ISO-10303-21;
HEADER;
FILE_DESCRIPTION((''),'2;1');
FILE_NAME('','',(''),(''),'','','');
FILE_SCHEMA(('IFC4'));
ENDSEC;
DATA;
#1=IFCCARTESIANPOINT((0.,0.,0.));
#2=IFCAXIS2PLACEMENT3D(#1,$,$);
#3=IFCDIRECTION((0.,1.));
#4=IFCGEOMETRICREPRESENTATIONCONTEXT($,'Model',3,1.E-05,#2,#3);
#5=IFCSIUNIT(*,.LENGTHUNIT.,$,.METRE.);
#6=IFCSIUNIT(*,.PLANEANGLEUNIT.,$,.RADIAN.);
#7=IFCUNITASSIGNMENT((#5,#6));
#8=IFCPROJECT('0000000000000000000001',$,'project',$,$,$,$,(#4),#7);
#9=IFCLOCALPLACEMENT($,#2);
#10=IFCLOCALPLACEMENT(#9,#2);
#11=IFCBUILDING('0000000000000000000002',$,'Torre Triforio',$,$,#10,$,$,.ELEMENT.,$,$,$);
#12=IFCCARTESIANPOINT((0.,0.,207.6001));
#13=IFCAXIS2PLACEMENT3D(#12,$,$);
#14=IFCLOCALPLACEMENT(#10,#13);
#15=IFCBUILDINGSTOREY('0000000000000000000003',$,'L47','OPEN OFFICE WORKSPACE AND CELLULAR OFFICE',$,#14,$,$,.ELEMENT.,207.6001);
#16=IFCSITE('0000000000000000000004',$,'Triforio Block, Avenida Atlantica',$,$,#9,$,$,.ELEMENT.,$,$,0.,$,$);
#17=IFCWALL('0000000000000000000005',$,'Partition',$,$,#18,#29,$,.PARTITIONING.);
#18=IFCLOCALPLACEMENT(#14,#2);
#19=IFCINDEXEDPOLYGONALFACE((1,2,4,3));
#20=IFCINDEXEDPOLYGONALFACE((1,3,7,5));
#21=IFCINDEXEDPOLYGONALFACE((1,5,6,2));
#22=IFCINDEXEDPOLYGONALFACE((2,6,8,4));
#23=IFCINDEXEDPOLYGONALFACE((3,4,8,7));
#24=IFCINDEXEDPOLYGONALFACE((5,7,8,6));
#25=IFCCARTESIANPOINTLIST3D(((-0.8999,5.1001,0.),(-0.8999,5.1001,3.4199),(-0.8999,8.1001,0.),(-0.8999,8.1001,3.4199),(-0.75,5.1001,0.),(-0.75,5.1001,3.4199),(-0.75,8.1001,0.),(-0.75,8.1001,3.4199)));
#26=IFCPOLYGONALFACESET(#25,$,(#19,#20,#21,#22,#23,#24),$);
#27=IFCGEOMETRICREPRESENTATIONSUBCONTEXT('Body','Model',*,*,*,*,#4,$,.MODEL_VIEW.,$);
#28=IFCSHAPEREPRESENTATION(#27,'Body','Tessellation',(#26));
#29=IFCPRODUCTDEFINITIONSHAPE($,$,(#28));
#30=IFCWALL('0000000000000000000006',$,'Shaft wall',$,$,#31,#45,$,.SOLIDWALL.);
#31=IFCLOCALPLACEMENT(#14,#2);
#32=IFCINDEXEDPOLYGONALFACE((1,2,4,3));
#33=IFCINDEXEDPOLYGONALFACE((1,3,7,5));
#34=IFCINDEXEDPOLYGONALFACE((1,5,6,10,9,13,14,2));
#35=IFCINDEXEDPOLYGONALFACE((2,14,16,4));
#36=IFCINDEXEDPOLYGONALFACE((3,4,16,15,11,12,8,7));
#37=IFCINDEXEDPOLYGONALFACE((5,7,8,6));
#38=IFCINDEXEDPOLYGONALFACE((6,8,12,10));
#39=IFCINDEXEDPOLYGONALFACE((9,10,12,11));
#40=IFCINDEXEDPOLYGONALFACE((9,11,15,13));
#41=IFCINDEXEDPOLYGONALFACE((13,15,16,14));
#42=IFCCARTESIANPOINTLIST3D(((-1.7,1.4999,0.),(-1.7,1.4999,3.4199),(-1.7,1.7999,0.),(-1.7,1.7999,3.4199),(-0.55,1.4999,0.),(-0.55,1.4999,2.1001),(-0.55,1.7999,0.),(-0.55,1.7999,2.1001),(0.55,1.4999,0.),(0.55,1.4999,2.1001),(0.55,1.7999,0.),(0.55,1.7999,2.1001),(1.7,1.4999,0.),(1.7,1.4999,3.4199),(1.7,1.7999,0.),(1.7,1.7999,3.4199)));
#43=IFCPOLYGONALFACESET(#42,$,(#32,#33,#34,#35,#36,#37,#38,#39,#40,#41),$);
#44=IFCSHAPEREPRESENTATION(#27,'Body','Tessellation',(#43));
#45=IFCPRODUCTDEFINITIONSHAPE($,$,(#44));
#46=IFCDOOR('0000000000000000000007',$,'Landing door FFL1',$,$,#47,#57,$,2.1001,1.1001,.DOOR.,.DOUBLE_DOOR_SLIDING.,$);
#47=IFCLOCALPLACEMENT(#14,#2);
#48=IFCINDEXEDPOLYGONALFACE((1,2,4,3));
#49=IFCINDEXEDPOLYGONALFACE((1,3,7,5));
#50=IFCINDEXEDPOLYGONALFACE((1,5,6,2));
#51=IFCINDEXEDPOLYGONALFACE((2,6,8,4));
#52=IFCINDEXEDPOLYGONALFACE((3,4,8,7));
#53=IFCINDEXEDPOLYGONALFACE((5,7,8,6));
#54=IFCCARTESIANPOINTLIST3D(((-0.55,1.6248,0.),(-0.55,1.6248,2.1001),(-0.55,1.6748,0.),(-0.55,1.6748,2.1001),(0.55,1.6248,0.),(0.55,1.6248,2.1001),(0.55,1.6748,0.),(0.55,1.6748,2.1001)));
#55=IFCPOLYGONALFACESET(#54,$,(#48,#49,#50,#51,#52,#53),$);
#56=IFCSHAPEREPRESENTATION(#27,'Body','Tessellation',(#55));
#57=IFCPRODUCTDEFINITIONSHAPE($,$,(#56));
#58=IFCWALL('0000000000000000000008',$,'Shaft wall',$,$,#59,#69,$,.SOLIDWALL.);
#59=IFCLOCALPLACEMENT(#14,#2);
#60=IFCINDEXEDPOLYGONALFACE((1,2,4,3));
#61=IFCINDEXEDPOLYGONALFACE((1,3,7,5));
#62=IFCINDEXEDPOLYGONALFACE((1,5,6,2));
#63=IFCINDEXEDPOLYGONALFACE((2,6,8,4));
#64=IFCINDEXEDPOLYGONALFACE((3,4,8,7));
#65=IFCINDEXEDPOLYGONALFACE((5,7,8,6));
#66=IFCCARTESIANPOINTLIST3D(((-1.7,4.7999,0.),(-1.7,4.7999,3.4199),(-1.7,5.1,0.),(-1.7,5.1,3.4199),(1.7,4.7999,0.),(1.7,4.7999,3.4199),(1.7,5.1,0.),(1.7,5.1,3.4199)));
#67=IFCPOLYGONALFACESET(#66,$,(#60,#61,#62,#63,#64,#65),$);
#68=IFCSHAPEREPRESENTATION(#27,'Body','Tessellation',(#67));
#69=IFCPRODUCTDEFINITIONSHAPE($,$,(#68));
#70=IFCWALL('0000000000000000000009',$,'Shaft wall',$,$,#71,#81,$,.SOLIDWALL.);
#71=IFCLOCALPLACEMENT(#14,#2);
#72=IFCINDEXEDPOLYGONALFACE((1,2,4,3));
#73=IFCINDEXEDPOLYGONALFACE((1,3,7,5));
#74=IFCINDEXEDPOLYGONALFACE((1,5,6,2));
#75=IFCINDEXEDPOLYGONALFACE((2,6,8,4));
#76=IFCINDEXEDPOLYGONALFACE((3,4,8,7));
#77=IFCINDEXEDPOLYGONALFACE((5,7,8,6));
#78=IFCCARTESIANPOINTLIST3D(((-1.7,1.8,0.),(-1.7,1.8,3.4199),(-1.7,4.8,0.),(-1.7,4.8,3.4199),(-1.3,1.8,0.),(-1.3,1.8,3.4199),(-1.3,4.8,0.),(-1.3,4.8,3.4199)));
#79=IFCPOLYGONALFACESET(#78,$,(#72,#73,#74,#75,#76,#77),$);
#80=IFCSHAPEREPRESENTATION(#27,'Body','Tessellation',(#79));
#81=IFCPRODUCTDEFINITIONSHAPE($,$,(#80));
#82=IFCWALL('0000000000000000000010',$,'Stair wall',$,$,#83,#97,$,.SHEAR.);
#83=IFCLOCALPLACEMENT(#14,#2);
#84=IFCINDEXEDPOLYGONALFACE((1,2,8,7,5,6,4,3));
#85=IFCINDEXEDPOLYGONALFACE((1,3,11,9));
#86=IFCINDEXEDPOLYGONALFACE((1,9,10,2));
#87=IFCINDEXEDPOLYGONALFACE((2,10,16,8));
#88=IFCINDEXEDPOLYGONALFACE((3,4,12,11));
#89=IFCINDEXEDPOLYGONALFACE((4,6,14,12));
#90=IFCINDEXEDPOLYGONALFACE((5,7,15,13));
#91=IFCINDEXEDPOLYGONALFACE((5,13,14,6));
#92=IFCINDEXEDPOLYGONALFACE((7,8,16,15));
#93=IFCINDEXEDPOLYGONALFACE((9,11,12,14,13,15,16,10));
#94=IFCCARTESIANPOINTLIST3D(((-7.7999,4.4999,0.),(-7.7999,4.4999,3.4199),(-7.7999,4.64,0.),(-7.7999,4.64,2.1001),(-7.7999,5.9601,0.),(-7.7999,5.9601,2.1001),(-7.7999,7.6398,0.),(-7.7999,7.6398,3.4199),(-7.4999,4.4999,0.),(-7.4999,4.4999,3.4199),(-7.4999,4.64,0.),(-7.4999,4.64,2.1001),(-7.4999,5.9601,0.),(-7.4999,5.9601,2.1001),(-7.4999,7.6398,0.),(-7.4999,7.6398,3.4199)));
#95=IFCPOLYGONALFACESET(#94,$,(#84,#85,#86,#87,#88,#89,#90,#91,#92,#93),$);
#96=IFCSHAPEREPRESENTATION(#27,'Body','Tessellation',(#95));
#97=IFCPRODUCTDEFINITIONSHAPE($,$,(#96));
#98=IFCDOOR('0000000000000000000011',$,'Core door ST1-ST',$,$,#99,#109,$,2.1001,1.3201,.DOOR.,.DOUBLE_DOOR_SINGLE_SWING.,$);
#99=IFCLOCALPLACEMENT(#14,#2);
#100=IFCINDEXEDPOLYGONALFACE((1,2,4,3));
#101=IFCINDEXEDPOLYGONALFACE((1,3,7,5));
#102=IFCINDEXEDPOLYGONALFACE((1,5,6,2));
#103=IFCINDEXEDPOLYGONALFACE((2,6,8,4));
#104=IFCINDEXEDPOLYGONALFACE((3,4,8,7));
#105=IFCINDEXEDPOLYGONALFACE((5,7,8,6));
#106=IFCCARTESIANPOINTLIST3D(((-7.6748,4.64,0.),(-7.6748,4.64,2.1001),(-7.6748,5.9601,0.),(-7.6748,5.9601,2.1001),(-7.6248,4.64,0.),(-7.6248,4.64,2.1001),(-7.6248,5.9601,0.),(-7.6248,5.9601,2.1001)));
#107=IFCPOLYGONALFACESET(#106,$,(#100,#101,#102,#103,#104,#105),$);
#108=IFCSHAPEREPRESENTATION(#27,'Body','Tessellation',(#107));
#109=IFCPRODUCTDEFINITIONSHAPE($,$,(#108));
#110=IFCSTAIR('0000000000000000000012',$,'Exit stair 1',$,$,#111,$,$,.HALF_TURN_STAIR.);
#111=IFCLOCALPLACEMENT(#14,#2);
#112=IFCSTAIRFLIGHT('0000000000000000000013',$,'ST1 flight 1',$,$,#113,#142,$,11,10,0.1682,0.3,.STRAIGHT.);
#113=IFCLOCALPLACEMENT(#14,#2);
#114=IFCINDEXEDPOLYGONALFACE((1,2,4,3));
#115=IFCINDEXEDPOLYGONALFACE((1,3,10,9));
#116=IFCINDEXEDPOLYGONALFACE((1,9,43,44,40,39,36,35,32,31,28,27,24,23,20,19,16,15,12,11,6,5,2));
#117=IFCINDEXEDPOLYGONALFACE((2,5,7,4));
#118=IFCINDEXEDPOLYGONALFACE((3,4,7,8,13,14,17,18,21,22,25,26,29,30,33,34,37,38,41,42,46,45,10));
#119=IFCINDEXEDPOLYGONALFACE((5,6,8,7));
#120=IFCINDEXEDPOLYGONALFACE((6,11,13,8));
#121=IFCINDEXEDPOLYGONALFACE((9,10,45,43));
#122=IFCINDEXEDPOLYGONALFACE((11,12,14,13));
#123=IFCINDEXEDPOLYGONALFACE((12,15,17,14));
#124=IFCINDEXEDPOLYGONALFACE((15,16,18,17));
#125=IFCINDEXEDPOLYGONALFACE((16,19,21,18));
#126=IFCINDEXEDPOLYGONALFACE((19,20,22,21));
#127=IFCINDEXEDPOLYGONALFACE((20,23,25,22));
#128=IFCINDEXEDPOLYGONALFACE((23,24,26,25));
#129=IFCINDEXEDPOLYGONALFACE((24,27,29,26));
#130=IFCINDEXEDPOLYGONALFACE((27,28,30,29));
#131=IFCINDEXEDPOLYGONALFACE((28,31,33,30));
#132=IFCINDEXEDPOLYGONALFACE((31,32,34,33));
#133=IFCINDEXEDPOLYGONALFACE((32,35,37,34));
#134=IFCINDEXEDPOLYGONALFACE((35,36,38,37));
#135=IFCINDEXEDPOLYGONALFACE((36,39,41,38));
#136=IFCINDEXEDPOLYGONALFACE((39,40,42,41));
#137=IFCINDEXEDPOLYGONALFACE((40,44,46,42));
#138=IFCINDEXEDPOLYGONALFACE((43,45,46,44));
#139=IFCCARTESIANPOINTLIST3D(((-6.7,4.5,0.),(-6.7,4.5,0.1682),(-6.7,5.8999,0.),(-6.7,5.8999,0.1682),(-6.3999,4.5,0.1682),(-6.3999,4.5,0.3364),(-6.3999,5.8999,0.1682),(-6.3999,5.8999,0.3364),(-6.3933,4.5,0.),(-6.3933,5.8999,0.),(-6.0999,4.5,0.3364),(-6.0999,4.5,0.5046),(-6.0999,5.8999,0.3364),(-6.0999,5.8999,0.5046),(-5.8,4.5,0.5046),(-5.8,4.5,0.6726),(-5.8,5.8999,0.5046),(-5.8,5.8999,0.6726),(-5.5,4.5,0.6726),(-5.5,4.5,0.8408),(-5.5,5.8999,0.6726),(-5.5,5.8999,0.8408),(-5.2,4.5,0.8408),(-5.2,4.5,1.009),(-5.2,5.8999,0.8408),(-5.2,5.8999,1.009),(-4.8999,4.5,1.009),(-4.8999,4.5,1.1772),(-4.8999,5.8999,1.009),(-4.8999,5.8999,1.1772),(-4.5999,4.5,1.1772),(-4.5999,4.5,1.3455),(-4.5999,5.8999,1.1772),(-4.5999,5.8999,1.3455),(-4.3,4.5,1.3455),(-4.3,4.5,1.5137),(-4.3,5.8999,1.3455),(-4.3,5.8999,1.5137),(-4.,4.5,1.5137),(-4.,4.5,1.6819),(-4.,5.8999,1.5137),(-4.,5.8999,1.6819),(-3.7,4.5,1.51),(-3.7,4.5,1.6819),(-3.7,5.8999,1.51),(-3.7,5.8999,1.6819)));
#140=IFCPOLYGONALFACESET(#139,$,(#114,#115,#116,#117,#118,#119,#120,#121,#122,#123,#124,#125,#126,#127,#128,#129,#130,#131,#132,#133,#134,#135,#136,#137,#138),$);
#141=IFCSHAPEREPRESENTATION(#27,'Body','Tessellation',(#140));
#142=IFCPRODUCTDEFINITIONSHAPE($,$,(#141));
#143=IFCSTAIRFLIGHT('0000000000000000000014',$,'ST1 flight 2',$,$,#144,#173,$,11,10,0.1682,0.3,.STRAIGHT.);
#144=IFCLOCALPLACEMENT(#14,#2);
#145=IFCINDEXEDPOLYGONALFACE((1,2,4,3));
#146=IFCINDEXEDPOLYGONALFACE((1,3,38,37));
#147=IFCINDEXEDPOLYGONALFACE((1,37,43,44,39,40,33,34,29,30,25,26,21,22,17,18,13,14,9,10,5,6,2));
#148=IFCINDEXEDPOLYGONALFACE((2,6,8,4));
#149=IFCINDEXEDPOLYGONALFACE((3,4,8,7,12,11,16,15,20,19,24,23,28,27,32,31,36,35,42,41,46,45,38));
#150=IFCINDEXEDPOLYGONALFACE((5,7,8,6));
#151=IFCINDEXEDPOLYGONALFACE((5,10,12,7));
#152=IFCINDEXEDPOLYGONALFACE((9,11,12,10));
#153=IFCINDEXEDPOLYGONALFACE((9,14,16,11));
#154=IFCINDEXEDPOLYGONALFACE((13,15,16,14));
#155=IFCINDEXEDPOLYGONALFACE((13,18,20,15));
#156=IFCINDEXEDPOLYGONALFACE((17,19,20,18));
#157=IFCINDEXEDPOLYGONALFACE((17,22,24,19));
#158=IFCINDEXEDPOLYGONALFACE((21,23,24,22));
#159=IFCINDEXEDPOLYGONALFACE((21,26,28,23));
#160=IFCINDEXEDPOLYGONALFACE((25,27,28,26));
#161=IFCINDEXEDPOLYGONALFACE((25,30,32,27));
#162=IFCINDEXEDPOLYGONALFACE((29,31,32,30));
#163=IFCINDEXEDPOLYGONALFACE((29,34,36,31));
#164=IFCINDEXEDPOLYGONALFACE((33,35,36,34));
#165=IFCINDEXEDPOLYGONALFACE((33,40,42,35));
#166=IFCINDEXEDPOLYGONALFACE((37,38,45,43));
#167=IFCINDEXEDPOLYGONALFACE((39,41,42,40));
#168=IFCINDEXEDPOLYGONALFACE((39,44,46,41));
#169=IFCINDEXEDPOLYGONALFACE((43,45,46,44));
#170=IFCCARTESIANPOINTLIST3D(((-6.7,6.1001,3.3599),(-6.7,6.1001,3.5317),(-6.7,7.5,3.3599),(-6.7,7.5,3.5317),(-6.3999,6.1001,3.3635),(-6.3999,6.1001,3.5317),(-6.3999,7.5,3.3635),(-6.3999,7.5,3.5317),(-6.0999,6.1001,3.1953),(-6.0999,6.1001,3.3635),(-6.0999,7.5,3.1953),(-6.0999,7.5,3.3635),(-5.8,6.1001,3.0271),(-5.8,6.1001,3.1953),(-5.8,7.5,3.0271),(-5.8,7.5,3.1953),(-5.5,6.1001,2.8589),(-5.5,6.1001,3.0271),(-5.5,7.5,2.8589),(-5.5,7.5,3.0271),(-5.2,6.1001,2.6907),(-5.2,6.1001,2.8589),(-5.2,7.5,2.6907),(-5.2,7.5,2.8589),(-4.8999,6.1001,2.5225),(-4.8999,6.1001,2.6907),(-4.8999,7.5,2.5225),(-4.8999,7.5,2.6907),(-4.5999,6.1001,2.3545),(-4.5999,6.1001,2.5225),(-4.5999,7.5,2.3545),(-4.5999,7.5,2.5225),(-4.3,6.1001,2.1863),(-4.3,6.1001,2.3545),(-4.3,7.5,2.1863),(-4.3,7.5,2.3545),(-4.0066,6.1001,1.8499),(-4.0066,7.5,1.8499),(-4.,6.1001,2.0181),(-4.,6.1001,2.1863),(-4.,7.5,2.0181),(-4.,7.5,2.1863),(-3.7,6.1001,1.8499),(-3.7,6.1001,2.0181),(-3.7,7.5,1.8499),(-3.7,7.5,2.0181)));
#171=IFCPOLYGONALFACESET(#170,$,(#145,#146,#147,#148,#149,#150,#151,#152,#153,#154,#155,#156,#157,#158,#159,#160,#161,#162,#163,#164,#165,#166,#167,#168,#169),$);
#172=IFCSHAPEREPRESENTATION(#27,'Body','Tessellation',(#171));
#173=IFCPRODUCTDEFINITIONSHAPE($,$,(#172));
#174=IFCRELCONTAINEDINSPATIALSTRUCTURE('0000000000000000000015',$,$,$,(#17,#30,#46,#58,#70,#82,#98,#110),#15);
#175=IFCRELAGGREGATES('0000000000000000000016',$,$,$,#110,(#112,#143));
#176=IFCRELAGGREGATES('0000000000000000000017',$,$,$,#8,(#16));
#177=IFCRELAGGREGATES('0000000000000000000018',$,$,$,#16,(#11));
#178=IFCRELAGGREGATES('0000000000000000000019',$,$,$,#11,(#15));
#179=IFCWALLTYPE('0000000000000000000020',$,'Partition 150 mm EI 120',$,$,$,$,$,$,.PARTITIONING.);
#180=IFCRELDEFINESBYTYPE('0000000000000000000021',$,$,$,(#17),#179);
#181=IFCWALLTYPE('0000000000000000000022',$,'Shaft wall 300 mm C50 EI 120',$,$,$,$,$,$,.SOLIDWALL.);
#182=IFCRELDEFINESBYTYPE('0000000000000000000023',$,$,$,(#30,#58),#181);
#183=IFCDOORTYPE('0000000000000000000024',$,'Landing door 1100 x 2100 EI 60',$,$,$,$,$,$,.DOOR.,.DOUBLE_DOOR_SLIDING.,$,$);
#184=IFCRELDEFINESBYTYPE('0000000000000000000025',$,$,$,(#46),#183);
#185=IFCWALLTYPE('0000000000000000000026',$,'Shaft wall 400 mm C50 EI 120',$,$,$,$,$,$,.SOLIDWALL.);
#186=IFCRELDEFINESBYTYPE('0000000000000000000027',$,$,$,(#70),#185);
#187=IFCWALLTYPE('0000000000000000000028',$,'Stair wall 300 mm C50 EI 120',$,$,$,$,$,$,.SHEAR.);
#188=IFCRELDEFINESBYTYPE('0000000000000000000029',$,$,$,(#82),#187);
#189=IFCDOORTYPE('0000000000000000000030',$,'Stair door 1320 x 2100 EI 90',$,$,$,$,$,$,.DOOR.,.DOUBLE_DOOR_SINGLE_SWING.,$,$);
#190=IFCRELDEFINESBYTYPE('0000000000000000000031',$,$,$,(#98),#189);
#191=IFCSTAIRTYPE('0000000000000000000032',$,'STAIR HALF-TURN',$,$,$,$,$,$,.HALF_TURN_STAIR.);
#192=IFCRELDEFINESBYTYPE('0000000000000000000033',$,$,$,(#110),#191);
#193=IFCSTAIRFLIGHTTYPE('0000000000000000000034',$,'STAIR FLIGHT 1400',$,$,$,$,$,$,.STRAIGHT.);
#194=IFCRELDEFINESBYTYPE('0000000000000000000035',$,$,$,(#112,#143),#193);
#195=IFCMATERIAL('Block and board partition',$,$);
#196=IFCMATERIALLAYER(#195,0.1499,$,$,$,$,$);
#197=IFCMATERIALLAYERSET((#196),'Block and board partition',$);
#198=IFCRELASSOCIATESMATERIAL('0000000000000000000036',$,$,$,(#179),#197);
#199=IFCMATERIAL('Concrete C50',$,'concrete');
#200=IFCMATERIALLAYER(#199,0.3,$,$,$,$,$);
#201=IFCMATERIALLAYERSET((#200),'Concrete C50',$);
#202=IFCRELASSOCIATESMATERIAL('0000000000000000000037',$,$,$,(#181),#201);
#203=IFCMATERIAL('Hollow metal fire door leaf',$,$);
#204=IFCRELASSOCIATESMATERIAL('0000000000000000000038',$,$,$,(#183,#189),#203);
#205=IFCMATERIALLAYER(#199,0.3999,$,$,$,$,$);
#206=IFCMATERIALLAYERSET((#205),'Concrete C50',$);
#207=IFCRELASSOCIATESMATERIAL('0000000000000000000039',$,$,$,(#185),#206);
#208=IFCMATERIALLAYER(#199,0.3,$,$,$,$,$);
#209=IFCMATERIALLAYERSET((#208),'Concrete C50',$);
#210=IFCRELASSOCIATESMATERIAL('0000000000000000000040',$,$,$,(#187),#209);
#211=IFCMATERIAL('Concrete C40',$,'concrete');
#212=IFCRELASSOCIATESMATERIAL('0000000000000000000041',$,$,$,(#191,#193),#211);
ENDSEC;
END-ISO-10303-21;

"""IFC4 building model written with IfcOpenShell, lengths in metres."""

from ifc_helpers import new_model, si_unit, direction, frame, frame_2d, origin, place, context, subcontext, project, spatial, polyline, rectangle, outline, extrude, material, layer, layer_set, type_object, element, fill, aggregate, save


model = new_model("IFC4")

# Units and contexts
model_context = context("Model", 3, precision=1e-05, world=origin(), true_north=direction((0.0, 1.0)))
body_context = subcontext(model_context, "Body", "Model", "MODEL_VIEW")
ifc_project = project(units=[si_unit("LENGTHUNIT", "METRE"), si_unit("PLANEANGLEUNIT", "RADIAN")], contexts=[model_context])

# Site, building, storey
site_placement = place(None, origin())
site = spatial("IfcSite", under=ifc_project, at=site_placement, Name="Triforio Block, Avenida Atlantica", CompositionType="ELEMENT", RefElevation=0.0)
building_placement = place(site_placement, origin())
building = spatial("IfcBuilding", under=site, at=building_placement, Name="Torre Triforio", CompositionType="ELEMENT")
storey_placement = place(building_placement, frame((0.0, 0.0, 207.6001)))
storey = spatial("IfcBuildingStorey", under=building, at=storey_placement, Name="L47", Description="OPEN OFFICE WORKSPACE AND CELLULAR OFFICE", CompositionType="ELEMENT", Elevation=207.6001)

# Shared definitions
ifc_material_1 = material(Name="Concrete C40", Category="concrete")

# Wall
ifc_material_2 = material(Name="Concrete C50", Category="concrete")
ifc_material_3 = material(Name="Block and board partition")
ifc_layer_1 = layer(ifc_material_3, 0.1499)
ifc_layer_set_1 = layer_set([ifc_layer_1], Name="Block and board partition")
wall_type_1 = type_object("IfcWallType", Name="Partition 150 mm EI 120", PredefinedType="PARTITIONING", material=ifc_layer_set_1)
wall_1_placement = place(storey_placement, frame((-0.825, 5.1001, 0.0), z_axis=(0.0, 0.0, 1.0), x_axis=(0.0, 1.0, 0.0)))
element("IfcWall", 1, at=wall_1_placement, inside=storey, type_object=wall_type_1, Name="Partition", PredefinedType="PARTITIONING", context=body_context, shape_type="SweptSolid", body=[
    extrude(rectangle(XDim=3.0, YDim=0.1499, at=frame_2d((1.5, 0.0))), origin(), (0.0, 0.0, 1.0), 3.4199),
])

# Wall, opening, door
ifc_layer_2 = layer(ifc_material_2, 0.3)
ifc_layer_set_2 = layer_set([ifc_layer_2], Name="Concrete C50")
wall_type_2 = type_object("IfcWallType", Name="Shaft wall 300 mm C50 EI 120", PredefinedType="SOLIDWALL", material=ifc_layer_set_2)
wall_2_placement = place(storey_placement, frame((-1.7, 1.6499, 0.0), z_axis=(0.0, 0.0, 1.0), x_axis=(1.0, 0.0, 0.0)))
wall_2 = element("IfcWall", 2, at=wall_2_placement, inside=storey, type_object=wall_type_2, Name="Shaft wall", PredefinedType="SOLIDWALL", context=body_context, shape_type="SweptSolid", body=[
    extrude(rectangle(XDim=3.3999, YDim=0.3, at=frame_2d((1.7, 0.0))), origin(), (0.0, 0.0, 1.0), 3.4199),
])
opening_1_placement = place(wall_2_placement, frame((1.1499, 0.0, 0.0)))
opening_1 = element("IfcOpeningElement", 3, at=opening_1_placement, cuts=wall_2, PredefinedType="OPENING", context=body_context, shape_type="SweptSolid", body=[
    extrude(rectangle(XDim=1.1001, YDim=2.1001, at=frame_2d((0.55, 1.05))), frame((0.0, 0.1599, 0.0), z_axis=(0.0, -1.0, 0.0), x_axis=(1.0, 0.0, 0.0)), (0.0, 0.0, 1.0), 0.3201),
])
ifc_material_4 = material(Name="Hollow metal fire door leaf")
door_type_1 = type_object("IfcDoorType", Name="Landing door 1100 x 2100 EI 60", OperationType="DOUBLE_DOOR_SLIDING", PredefinedType="DOOR", material=ifc_material_4)
door_1_placement = place(opening_1_placement, origin())
door_1 = element("IfcDoor", 4, at=door_1_placement, inside=storey, type_object=door_type_1, Name="Landing door FFL1", OperationType="DOUBLE_DOOR_SLIDING", OverallHeight=2.1001, OverallWidth=1.1001, PredefinedType="DOOR", context=body_context, shape_type="SweptSolid", body=[
    extrude(rectangle(XDim=1.1001, YDim=2.1001, at=frame_2d((0.55, 1.05))), frame((0.0, 0.0249, 0.0), z_axis=(0.0, -1.0, 0.0), x_axis=(1.0, 0.0, 0.0)), (0.0, 0.0, 1.0), 0.05),
])
fill(opening_1, door_1)

# Walls
wall_3_placement = place(storey_placement, frame((-1.7, 4.95, 0.0), z_axis=(0.0, 0.0, 1.0), x_axis=(1.0, 0.0, 0.0)))
element("IfcWall", 5, at=wall_3_placement, inside=storey, type_object=wall_type_2, Name="Shaft wall", PredefinedType="SOLIDWALL", context=body_context, shape_type="SweptSolid", body=[
    extrude(rectangle(XDim=3.3999, YDim=0.3, at=frame_2d((1.7, 0.0))), origin(), (0.0, 0.0, 1.0), 3.4199),
])
ifc_layer_3 = layer(ifc_material_2, 0.3999)
ifc_layer_set_3 = layer_set([ifc_layer_3], Name="Concrete C50")
wall_type_3 = type_object("IfcWallType", Name="Shaft wall 400 mm C50 EI 120", PredefinedType="SOLIDWALL", material=ifc_layer_set_3)
wall_4_placement = place(storey_placement, frame((-1.5, 1.8, 0.0), z_axis=(0.0, 0.0, 1.0), x_axis=(0.0, 1.0, 0.0)))
element("IfcWall", 6, at=wall_4_placement, inside=storey, type_object=wall_type_3, Name="Shaft wall", PredefinedType="SOLIDWALL", context=body_context, shape_type="SweptSolid", body=[
    extrude(rectangle(XDim=3.0, YDim=0.3999, at=frame_2d((1.5, 0.0))), origin(), (0.0, 0.0, 1.0), 3.4199),
])

# Wall, opening, door
ifc_layer_4 = layer(ifc_material_2, 0.3)
ifc_layer_set_4 = layer_set([ifc_layer_4], Name="Concrete C50")
wall_type_4 = type_object("IfcWallType", Name="Stair wall 300 mm C50 EI 120", PredefinedType="SHEAR", material=ifc_layer_set_4)
wall_5_placement = place(storey_placement, frame((-7.6499, 4.5, 0.0), z_axis=(0.0, 0.0, 1.0), x_axis=(0.0, 1.0, 0.0)))
wall_5 = element("IfcWall", 7, at=wall_5_placement, inside=storey, type_object=wall_type_4, Name="Stair wall", PredefinedType="SHEAR", context=body_context, shape_type="SweptSolid", body=[
    extrude(rectangle(XDim=3.1399, YDim=0.3, at=frame_2d((1.5698, 0.0))), origin(), (0.0, 0.0, 1.0), 3.4199),
])
opening_2_placement = place(wall_5_placement, frame((0.1399, 0.0, 0.0)))
opening_2 = element("IfcOpeningElement", 8, at=opening_2_placement, cuts=wall_5, PredefinedType="OPENING", context=body_context, shape_type="SweptSolid", body=[
    extrude(rectangle(XDim=1.3201, YDim=2.1001, at=frame_2d((0.6602, 1.05))), frame((0.0, 0.1599, 0.0), z_axis=(0.0, -1.0, 0.0), x_axis=(1.0, 0.0, 0.0)), (0.0, 0.0, 1.0), 0.3201),
])
door_type_2 = type_object("IfcDoorType", Name="Stair door 1320 x 2100 EI 90", OperationType="DOUBLE_DOOR_SINGLE_SWING", PredefinedType="DOOR", material=ifc_material_4)
door_2_placement = place(opening_2_placement, origin())
door_2 = element("IfcDoor", 9, at=door_2_placement, inside=storey, type_object=door_type_2, Name="Core door ST1-ST", OperationType="DOUBLE_DOOR_SINGLE_SWING", OverallHeight=2.1001, OverallWidth=1.3201, PredefinedType="DOOR", context=body_context, shape_type="SweptSolid", body=[
    extrude(rectangle(XDim=1.3201, YDim=2.1001, at=frame_2d((0.6602, 1.05))), frame((0.0, 0.0249, 0.0), z_axis=(0.0, -1.0, 0.0), x_axis=(1.0, 0.0, 0.0)), (0.0, 0.0, 1.0), 0.05),
])
fill(opening_2, door_2)

# Stair, stair flights
stair_type = type_object("IfcStairType", Name="STAIR HALF-TURN", PredefinedType="HALF_TURN_STAIR", material=ifc_material_1)
stair_placement = place(storey_placement, origin())
stair = element("IfcStair", 10, at=stair_placement, inside=storey, type_object=stair_type, Name="Exit stair 1", PredefinedType="HALF_TURN_STAIR")
stair_flight_type = type_object("IfcStairFlightType", Name="STAIR FLIGHT 1400", PredefinedType="STRAIGHT", material=ifc_material_1)
stair_flight_1_placement = place(storey_placement, frame((-6.7, 5.2, 0.0), z_axis=(0.0, 0.0, 1.0), x_axis=(1.0, 0.0, 0.0)))
stair_flight_1 = element("IfcStairFlight", 11, at=stair_flight_1_placement, type_object=stair_flight_type, Name="ST1 flight 1", NumberOfRisers=11, NumberOfTreads=10, PredefinedType="STRAIGHT", RiserHeight=0.1682, TreadLength=0.3, context=body_context, shape_type="SweptSolid", body=[
    extrude(outline(polyline([(0.0, 0.0), (0.0, 0.1682), (0.3, 0.1682), (0.3, 0.3364), (0.6001, 0.3364), (0.6001, 0.5046), (0.8999, 0.5046), (0.8999, 0.6726), (1.2, 0.6726), (1.2, 0.8408), (1.5, 0.8408), (1.5, 1.009), (1.8, 1.009), (1.8, 1.1772), (2.1001, 1.1772), (2.1001, 1.3455), (2.3999, 1.3455), (2.3999, 1.5137), (2.7, 1.5137), (2.7, 1.6819), (3.0, 1.6819), (3.0, 1.8501), (3.0, 1.51), (0.3066, 0.0), (0.0, 0.0)])), frame((0.0, 0.7, 0.0), z_axis=(0.0, -1.0, 0.0), x_axis=(1.0, 0.0, 0.0)), (0.0, 0.0, 1.0), 1.3999),
])
stair_flight_2_placement = place(storey_placement, frame((-3.7, 6.8, 1.8499), z_axis=(0.0, 0.0, 1.0), x_axis=(-1.0, 0.0, 0.0)))
stair_flight_2 = element("IfcStairFlight", 12, at=stair_flight_2_placement, type_object=stair_flight_type, Name="ST1 flight 2", NumberOfRisers=11, NumberOfTreads=10, PredefinedType="STRAIGHT", RiserHeight=0.1682, TreadLength=0.3, context=body_context, shape_type="SweptSolid", body=[
    extrude(outline(polyline([(0.0, 0.0), (0.0, 0.1682), (0.3, 0.1682), (0.3, 0.3364), (0.6001, 0.3364), (0.6001, 0.5046), (0.8999, 0.5046), (0.8999, 0.6726), (1.2, 0.6726), (1.2, 0.8408), (1.5, 0.8408), (1.5, 1.009), (1.8, 1.009), (1.8, 1.1772), (2.1001, 1.1772), (2.1001, 1.3455), (2.3999, 1.3455), (2.3999, 1.5137), (2.7, 1.5137), (2.7, 1.6819), (3.0, 1.6819), (3.0, 1.8501), (3.0, 1.51), (0.3066, 0.0), (0.0, 0.0)])), frame((0.0, 0.7, 0.0), z_axis=(0.0, -1.0, 0.0), x_axis=(1.0, 0.0, 0.0)), (0.0, 0.0, 1.0), 1.3999),
])
aggregate(stair, [stair_flight_1, stair_flight_2])

save(model, "model.ifc")
